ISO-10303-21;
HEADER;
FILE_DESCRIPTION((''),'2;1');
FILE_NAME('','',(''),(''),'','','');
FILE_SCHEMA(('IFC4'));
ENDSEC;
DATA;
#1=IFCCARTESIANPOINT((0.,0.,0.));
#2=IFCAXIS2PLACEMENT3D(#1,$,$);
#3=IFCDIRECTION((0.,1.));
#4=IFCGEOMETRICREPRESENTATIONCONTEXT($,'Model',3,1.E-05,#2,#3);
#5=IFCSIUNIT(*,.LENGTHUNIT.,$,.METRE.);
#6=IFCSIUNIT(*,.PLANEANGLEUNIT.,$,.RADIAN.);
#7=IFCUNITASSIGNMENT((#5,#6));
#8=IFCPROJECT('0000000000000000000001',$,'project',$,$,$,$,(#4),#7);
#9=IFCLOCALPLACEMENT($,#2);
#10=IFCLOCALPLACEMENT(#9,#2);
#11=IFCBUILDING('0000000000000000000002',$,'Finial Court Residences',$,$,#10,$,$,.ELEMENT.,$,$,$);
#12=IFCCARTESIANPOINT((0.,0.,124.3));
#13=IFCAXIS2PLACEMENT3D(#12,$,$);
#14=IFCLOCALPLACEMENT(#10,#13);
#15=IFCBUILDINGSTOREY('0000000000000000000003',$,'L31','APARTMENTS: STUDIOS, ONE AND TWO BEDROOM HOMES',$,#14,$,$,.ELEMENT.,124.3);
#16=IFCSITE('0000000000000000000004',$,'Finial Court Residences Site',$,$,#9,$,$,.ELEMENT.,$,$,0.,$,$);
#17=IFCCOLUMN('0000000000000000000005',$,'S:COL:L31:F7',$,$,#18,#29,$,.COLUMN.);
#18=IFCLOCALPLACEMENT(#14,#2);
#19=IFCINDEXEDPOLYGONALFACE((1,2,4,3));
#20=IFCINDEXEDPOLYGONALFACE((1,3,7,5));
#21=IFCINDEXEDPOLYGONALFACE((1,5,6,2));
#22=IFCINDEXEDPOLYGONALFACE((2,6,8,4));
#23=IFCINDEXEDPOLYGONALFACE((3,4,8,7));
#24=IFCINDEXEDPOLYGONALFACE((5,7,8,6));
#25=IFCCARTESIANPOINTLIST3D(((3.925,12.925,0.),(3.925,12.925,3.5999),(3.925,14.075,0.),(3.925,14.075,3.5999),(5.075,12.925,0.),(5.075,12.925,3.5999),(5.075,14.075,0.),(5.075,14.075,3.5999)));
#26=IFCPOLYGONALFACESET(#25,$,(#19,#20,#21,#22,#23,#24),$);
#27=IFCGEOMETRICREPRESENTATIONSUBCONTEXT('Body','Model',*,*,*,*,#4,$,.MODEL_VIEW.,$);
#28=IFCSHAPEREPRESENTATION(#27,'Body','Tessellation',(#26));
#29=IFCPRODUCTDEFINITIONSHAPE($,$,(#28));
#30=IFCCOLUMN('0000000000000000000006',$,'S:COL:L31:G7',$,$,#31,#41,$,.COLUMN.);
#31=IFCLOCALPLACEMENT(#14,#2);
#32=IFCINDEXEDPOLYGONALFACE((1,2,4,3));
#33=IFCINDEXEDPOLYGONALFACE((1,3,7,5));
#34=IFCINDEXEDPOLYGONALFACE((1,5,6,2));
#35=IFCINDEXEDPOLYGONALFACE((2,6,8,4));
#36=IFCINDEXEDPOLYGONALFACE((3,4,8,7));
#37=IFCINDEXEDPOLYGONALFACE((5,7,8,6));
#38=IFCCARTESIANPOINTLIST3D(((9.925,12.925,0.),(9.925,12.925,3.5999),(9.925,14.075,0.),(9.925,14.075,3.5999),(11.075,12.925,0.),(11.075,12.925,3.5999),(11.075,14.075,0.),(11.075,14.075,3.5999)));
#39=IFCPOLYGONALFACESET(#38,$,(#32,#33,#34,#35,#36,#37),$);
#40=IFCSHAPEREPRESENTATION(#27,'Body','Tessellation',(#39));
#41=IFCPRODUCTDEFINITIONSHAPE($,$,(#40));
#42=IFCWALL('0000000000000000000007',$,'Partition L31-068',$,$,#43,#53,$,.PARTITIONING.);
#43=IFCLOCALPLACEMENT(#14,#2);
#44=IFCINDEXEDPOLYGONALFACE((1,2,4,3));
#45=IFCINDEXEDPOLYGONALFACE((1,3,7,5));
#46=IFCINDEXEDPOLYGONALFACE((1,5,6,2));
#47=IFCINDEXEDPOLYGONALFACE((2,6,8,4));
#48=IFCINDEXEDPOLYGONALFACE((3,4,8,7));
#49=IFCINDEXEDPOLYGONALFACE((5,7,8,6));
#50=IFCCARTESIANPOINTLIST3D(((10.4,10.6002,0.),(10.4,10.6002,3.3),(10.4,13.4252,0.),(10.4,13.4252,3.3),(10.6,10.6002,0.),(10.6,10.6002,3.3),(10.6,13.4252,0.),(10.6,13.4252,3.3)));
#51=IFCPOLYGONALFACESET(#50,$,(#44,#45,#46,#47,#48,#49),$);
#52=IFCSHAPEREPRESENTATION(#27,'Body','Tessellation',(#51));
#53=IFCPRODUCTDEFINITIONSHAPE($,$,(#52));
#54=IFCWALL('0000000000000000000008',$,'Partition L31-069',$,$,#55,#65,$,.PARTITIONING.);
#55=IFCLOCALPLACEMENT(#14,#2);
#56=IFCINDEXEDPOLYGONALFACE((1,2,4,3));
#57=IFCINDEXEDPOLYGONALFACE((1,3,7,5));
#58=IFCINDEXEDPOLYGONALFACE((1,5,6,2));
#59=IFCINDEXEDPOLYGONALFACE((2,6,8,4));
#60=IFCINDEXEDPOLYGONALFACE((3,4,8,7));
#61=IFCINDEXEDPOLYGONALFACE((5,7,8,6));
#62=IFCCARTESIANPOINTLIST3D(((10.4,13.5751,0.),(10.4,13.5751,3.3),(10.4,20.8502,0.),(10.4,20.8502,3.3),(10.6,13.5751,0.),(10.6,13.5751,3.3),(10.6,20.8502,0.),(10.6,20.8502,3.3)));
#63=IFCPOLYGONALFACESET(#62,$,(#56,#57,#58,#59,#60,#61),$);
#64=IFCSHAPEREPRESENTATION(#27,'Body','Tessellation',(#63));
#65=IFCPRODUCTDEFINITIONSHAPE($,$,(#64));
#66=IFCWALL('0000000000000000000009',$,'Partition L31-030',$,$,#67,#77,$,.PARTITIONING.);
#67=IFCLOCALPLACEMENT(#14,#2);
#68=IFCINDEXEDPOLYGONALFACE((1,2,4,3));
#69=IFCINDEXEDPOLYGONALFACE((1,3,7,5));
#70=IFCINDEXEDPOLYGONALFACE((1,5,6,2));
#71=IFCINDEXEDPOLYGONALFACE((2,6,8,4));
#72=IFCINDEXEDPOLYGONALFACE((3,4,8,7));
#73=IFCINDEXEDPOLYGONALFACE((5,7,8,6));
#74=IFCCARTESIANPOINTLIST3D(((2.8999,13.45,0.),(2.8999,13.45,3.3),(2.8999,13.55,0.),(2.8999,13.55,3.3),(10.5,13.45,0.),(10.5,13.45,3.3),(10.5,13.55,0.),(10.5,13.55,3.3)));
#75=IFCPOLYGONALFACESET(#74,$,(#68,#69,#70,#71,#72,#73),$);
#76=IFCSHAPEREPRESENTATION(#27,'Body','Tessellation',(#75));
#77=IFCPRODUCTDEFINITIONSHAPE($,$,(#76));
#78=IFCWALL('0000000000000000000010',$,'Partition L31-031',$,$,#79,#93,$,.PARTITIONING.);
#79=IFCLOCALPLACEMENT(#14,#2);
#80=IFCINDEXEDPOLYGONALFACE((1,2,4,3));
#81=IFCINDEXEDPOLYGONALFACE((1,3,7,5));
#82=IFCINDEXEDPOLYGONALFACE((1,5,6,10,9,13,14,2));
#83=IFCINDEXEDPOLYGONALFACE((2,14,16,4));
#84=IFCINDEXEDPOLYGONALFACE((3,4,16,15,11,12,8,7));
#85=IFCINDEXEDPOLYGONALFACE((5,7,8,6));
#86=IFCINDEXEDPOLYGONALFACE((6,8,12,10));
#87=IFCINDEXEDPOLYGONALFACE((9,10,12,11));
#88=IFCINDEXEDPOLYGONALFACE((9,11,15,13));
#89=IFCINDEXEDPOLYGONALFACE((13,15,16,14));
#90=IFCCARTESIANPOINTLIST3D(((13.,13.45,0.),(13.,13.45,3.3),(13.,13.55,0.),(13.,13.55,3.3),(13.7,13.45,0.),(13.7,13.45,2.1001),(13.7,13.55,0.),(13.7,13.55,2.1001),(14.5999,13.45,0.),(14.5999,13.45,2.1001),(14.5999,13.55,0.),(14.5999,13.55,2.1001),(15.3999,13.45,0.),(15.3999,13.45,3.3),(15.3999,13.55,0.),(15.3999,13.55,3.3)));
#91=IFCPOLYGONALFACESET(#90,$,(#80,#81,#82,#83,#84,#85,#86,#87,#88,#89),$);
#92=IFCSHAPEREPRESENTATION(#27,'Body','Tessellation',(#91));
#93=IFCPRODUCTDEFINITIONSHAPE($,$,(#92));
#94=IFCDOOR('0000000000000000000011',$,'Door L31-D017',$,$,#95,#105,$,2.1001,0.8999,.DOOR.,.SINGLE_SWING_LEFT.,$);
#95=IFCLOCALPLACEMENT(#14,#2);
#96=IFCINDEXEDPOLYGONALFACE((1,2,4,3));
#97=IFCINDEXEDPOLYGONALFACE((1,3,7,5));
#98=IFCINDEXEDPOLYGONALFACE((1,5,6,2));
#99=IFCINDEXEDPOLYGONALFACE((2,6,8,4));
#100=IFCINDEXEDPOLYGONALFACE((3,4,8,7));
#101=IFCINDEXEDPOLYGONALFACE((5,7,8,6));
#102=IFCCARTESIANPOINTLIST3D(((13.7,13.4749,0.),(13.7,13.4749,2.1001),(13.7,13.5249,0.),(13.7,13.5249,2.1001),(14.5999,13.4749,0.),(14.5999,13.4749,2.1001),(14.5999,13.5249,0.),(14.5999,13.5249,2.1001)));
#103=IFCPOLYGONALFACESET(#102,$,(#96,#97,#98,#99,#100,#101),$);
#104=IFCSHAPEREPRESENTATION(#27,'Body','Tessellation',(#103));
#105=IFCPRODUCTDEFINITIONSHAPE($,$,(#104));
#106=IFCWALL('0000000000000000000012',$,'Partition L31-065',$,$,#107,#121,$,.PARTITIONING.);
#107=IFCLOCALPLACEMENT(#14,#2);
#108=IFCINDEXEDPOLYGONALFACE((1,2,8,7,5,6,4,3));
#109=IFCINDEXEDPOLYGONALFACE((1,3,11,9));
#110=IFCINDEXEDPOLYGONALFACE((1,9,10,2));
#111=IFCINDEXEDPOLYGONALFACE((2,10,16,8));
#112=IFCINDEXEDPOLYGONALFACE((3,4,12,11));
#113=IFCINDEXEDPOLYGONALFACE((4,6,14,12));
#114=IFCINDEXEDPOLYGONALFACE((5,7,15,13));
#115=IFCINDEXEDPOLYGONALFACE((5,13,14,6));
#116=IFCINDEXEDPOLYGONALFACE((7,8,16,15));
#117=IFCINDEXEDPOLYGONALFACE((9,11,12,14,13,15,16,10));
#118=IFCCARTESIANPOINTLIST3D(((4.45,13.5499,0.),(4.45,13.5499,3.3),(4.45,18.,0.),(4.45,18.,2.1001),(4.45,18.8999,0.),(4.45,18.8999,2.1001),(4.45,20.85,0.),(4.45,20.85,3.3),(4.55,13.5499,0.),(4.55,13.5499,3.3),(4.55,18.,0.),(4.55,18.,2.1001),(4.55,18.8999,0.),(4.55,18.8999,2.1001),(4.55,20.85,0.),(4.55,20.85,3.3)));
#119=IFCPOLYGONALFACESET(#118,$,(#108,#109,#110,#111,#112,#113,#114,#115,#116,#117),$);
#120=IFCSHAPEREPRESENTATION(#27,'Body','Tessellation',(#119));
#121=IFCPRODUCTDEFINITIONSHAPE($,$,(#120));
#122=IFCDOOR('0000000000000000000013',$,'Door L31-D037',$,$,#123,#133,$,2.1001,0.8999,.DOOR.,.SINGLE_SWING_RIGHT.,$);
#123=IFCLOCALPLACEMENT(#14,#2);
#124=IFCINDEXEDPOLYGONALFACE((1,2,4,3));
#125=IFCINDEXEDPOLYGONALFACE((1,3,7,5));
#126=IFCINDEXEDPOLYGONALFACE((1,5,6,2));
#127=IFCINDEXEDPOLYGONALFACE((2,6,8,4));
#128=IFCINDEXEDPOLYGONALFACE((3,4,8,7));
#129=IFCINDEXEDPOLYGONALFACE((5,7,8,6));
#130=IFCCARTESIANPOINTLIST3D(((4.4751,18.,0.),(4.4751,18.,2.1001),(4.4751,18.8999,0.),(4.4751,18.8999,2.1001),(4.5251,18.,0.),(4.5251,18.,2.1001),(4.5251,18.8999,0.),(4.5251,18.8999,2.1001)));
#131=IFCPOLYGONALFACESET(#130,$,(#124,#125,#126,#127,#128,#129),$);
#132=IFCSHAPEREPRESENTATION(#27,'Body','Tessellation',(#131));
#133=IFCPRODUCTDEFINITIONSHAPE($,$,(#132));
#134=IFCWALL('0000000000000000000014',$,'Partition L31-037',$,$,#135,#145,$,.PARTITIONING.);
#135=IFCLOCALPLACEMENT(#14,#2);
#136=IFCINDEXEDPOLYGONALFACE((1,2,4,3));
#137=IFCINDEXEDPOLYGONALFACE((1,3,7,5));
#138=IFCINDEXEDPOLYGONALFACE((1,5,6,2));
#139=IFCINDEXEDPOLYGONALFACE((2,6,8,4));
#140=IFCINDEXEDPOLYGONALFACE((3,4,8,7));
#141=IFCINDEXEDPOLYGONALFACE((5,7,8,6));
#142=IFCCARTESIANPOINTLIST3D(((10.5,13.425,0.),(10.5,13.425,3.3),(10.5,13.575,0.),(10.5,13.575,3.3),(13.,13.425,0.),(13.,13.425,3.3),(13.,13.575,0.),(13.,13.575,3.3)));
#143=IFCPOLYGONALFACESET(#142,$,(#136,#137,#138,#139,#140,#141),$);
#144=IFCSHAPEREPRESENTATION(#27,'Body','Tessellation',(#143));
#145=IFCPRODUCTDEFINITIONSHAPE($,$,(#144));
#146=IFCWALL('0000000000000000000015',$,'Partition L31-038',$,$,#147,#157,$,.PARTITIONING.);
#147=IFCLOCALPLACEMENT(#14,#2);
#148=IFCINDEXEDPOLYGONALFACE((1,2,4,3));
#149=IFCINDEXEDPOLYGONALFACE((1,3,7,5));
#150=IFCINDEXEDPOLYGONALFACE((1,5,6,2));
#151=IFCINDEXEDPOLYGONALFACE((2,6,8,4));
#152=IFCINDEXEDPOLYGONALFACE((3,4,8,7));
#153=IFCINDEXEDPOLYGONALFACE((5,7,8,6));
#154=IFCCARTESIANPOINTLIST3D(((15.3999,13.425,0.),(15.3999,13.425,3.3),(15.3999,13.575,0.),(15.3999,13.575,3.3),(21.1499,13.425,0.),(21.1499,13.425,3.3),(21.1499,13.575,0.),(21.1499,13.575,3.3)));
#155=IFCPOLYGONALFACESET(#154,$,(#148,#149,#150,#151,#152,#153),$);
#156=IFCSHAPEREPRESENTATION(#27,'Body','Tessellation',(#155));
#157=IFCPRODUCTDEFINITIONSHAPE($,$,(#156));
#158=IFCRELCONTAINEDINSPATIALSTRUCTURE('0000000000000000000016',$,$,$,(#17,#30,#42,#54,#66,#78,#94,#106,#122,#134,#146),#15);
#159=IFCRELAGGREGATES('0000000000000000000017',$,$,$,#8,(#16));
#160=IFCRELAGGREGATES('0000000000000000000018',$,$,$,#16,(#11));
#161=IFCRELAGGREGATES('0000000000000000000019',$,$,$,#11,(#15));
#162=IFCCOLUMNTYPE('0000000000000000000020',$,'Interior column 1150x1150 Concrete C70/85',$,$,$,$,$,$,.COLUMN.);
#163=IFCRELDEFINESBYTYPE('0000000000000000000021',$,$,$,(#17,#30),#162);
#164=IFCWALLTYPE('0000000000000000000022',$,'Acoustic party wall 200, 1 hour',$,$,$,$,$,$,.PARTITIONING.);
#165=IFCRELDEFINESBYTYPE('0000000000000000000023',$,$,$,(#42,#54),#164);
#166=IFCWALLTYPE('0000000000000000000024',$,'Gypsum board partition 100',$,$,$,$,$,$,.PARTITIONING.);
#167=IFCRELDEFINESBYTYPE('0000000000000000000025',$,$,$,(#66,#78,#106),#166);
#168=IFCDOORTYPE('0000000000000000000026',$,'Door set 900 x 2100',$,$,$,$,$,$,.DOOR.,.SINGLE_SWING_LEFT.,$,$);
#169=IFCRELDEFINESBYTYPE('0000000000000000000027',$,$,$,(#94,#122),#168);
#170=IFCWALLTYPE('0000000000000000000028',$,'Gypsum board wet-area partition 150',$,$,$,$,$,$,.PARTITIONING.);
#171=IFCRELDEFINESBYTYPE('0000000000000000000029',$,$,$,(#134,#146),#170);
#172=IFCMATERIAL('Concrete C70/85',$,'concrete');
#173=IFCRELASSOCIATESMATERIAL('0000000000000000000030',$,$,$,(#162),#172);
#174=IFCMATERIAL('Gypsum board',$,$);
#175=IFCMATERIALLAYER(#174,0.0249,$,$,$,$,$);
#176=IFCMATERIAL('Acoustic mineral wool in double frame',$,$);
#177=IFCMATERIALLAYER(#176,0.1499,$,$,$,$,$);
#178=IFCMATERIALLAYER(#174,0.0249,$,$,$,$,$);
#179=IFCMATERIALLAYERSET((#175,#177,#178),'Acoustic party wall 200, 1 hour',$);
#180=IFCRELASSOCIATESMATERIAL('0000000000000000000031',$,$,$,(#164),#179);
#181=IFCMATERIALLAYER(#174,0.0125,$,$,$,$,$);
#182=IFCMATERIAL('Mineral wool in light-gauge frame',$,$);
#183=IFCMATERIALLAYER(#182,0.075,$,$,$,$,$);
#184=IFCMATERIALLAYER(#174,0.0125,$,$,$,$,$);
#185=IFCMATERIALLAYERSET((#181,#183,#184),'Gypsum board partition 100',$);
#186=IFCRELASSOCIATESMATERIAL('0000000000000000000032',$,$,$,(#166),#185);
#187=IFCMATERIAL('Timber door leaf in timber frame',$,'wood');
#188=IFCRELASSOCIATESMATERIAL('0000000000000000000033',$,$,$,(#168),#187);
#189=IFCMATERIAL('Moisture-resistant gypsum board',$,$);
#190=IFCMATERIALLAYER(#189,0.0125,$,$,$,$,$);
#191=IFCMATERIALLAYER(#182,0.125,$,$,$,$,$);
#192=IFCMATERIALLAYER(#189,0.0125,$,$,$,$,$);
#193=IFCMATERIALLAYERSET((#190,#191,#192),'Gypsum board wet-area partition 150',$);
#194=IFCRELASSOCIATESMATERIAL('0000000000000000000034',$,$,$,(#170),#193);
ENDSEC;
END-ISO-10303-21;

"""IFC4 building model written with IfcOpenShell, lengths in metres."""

from ifc_helpers import new_model, si_unit, direction, frame, frame_2d, origin, origin_2d, place, context, subcontext, project, spatial, rectangle, extrude, material, layer, layer_set, material_profile, profile_set, type_object, element, fill, save


model = new_model("IFC4")

# Units and contexts
model_context = context("Model", 3, precision=1e-05, world=origin(), true_north=direction((0.0, 1.0)))
body_context = subcontext(model_context, "Body", "Model", "MODEL_VIEW")
ifc_project = project(units=[si_unit("LENGTHUNIT", "METRE"), si_unit("PLANEANGLEUNIT", "RADIAN")], contexts=[model_context])

# Site, building, storey
site_placement = place(None, origin())
site = spatial("IfcSite", under=ifc_project, at=site_placement, Name="Finial Court Residences Site", CompositionType="ELEMENT", RefElevation=0.0)
building_placement = place(site_placement, origin())
building = spatial("IfcBuilding", under=site, at=building_placement, Name="Finial Court Residences", CompositionType="ELEMENT")
storey_placement = place(building_placement, frame((0.0, 0.0, 124.3)))
storey = spatial("IfcBuildingStorey", under=building, at=storey_placement, Name="L31", Description="APARTMENTS: STUDIOS, ONE AND TWO BEDROOM HOMES", CompositionType="ELEMENT", Elevation=124.3)

# Columns
ifc_material_1 = material(Name="Concrete C70/85", Category="concrete")
ifc_material_profile = material_profile(ifc_material_1, rectangle(XDim=1.1499, YDim=1.1499, at=origin_2d()), Name="1150x1150")
ifc_profile_set = profile_set([ifc_material_profile], Name="Concrete C70/85")
column_type = type_object("IfcColumnType", Name="Interior column 1150x1150 Concrete C70/85", PredefinedType="COLUMN", material=ifc_profile_set)
for number, where, z_axis, x_axis, name in (
    (1, (4.5, 13.5, 0.0), (0.0, 0.0, 1.0), (1.0, 0.0, 0.0), "S:COL:L31:F7"),
    (2, (10.5, 13.5, 0.0), (0.0, 0.0, 1.0), (1.0, 0.0, 0.0), "S:COL:L31:G7"),
):
    element("IfcColumn", number, at=place(storey_placement, frame(where, z_axis=z_axis, x_axis=x_axis)), inside=storey, type_object=column_type, Name=name, PredefinedType="COLUMN", context=body_context, shape_type="SweptSolid", body=[
        extrude(rectangle(XDim=1.1499, YDim=1.1499, at=origin_2d()), origin(), (0.0, 0.0, 1.0), 3.5999),
    ])

# Walls
ifc_material_2 = material(Name="Gypsum board")
ifc_layer_1 = layer(ifc_material_2, 0.0249)
ifc_material_3 = material(Name="Acoustic mineral wool in double frame")
ifc_layer_2 = layer(ifc_material_3, 0.1499)
ifc_layer_3 = layer(ifc_material_2, 0.0249)
ifc_layer_set_1 = layer_set([ifc_layer_1, ifc_layer_2, ifc_layer_3], Name="Acoustic party wall 200, 1 hour")
wall_type_1 = type_object("IfcWallType", Name="Acoustic party wall 200, 1 hour", PredefinedType="PARTITIONING", material=ifc_layer_set_1)
wall_1_placement = place(storey_placement, frame((10.5, 10.6001, 0.0), z_axis=(0.0, 0.0, 1.0), x_axis=(0.0, 1.0, 0.0)))
element("IfcWall", 3, at=wall_1_placement, inside=storey, type_object=wall_type_1, Name="Partition L31-068", PredefinedType="PARTITIONING", context=body_context, shape_type="SweptSolid", body=[
    extrude(rectangle(XDim=2.825, YDim=0.2, at=frame_2d((1.4126, 0.0))), origin(), (0.0, 0.0, 1.0), 3.3),
])
wall_2_placement = place(storey_placement, frame((10.5, 13.575, 0.0), z_axis=(0.0, 0.0, 1.0), x_axis=(0.0, 1.0, 0.0)))
element("IfcWall", 4, at=wall_2_placement, inside=storey, type_object=wall_type_1, Name="Partition L31-069", PredefinedType="PARTITIONING", context=body_context, shape_type="SweptSolid", body=[
    extrude(rectangle(XDim=7.2751, YDim=0.2, at=frame_2d((3.6377, 0.0))), origin(), (0.0, 0.0, 1.0), 3.3),
])
ifc_layer_4 = layer(ifc_material_2, 0.0125)
ifc_material_4 = material(Name="Mineral wool in light-gauge frame")
ifc_layer_5 = layer(ifc_material_4, 0.075)
ifc_layer_6 = layer(ifc_material_2, 0.0125)
ifc_layer_set_2 = layer_set([ifc_layer_4, ifc_layer_5, ifc_layer_6], Name="Gypsum board partition 100")
wall_type_2 = type_object("IfcWallType", Name="Gypsum board partition 100", PredefinedType="PARTITIONING", material=ifc_layer_set_2)
wall_3_placement = place(storey_placement, frame((2.8999, 13.5, 0.0), z_axis=(0.0, 0.0, 1.0), x_axis=(1.0, 0.0, 0.0)))
element("IfcWall", 5, at=wall_3_placement, inside=storey, type_object=wall_type_2, Name="Partition L31-030", PredefinedType="PARTITIONING", context=body_context, shape_type="SweptSolid", body=[
    extrude(rectangle(XDim=7.6001, YDim=0.1001, at=frame_2d((3.8, 0.0))), origin(), (0.0, 0.0, 1.0), 3.3),
])

# Walls, openings, doors
wall_4_placement = place(storey_placement, frame((13.0, 13.5, 0.0), z_axis=(0.0, 0.0, 1.0), x_axis=(1.0, 0.0, 0.0)))
wall_4 = element("IfcWall", 6, at=wall_4_placement, inside=storey, type_object=wall_type_2, Name="Partition L31-031", PredefinedType="PARTITIONING", context=body_context, shape_type="SweptSolid", body=[
    extrude(rectangle(XDim=2.3999, YDim=0.1001, at=frame_2d((1.2, 0.0))), origin(), (0.0, 0.0, 1.0), 3.3),
])
opening_1_placement = place(wall_4_placement, frame((0.7, 0.0, 0.0)))
opening_1 = element("IfcOpeningElement", 7, at=opening_1_placement, cuts=wall_4, PredefinedType="OPENING", context=body_context, shape_type="SweptSolid", body=[
    extrude(rectangle(XDim=0.8999, YDim=2.1001, at=frame_2d((0.45, 1.05))), frame((0.0, 0.0601, 0.0), z_axis=(0.0, -1.0, 0.0), x_axis=(1.0, 0.0, 0.0)), (0.0, 0.0, 1.0), 0.1201),
])
ifc_material_5 = material(Name="Timber door leaf in timber frame", Category="wood")
door_type = type_object("IfcDoorType", Name="Door set 900 x 2100", OperationType="SINGLE_SWING_LEFT", PredefinedType="DOOR", material=ifc_material_5)
door_1_placement = place(opening_1_placement, origin())
door_1 = element("IfcDoor", 8, at=door_1_placement, inside=storey, type_object=door_type, Name="Door L31-D017", OperationType="SINGLE_SWING_LEFT", OverallHeight=2.1001, OverallWidth=0.8999, PredefinedType="DOOR", context=body_context, shape_type="SweptSolid", body=[
    extrude(rectangle(XDim=0.8999, YDim=2.1001, at=frame_2d((0.45, 1.05))), frame((0.0, 0.0249, 0.0), z_axis=(0.0, -1.0, 0.0), x_axis=(1.0, 0.0, 0.0)), (0.0, 0.0, 1.0), 0.05),
])
fill(opening_1, door_1)
wall_5_placement = place(storey_placement, frame((4.5, 13.55, 0.0), z_axis=(0.0, 0.0, 1.0), x_axis=(0.0, 1.0, 0.0)))
wall_5 = element("IfcWall", 9, at=wall_5_placement, inside=storey, type_object=wall_type_2, Name="Partition L31-065", PredefinedType="PARTITIONING", context=body_context, shape_type="SweptSolid", body=[
    extrude(rectangle(XDim=7.3, YDim=0.1001, at=frame_2d((3.6499, 0.0))), origin(), (0.0, 0.0, 1.0), 3.3),
])
opening_2_placement = place(wall_5_placement, frame((4.45, 0.0, 0.0)))
opening_2 = element("IfcOpeningElement", 10, at=opening_2_placement, cuts=wall_5, PredefinedType="OPENING", context=body_context, shape_type="SweptSolid", body=[
    extrude(rectangle(XDim=0.8999, YDim=2.1001, at=frame_2d((0.45, 1.05))), frame((0.0, 0.0601, 0.0), z_axis=(0.0, -1.0, 0.0), x_axis=(1.0, 0.0, 0.0)), (0.0, 0.0, 1.0), 0.1201),
])
door_2_placement = place(opening_2_placement, origin())
door_2 = element("IfcDoor", 11, at=door_2_placement, inside=storey, type_object=door_type, Name="Door L31-D037", OperationType="SINGLE_SWING_RIGHT", OverallHeight=2.1001, OverallWidth=0.8999, PredefinedType="DOOR", context=body_context, shape_type="SweptSolid", body=[
    extrude(rectangle(XDim=0.8999, YDim=2.1001, at=frame_2d((0.45, 1.05))), frame((0.0, 0.0249, 0.0), z_axis=(0.0, -1.0, 0.0), x_axis=(1.0, 0.0, 0.0)), (0.0, 0.0, 1.0), 0.05),
])
fill(opening_2, door_2)

# Walls
ifc_material_6 = material(Name="Moisture-resistant gypsum board")
ifc_layer_7 = layer(ifc_material_6, 0.0125)
ifc_layer_8 = layer(ifc_material_4, 0.125)
ifc_layer_9 = layer(ifc_material_6, 0.0125)
ifc_layer_set_3 = layer_set([ifc_layer_7, ifc_layer_8, ifc_layer_9], Name="Gypsum board wet-area partition 150")
wall_type_3 = type_object("IfcWallType", Name="Gypsum board wet-area partition 150", PredefinedType="PARTITIONING", material=ifc_layer_set_3)
wall_6_placement = place(storey_placement, frame((10.5, 13.5, 0.0), z_axis=(0.0, 0.0, 1.0), x_axis=(1.0, 0.0, 0.0)))
element("IfcWall", 12, at=wall_6_placement, inside=storey, type_object=wall_type_3, Name="Partition L31-037", PredefinedType="PARTITIONING", context=body_context, shape_type="SweptSolid", body=[
    extrude(rectangle(XDim=2.5, YDim=0.1499, at=frame_2d((1.25, 0.0))), origin(), (0.0, 0.0, 1.0), 3.3),
])
wall_7_placement = place(storey_placement, frame((15.3999, 13.5, 0.0), z_axis=(0.0, 0.0, 1.0), x_axis=(1.0, 0.0, 0.0)))
element("IfcWall", 13, at=wall_7_placement, inside=storey, type_object=wall_type_3, Name="Partition L31-038", PredefinedType="PARTITIONING", context=body_context, shape_type="SweptSolid", body=[
    extrude(rectangle(XDim=5.75, YDim=0.1499, at=frame_2d((2.875, 0.0))), origin(), (0.0, 0.0, 1.0), 3.3),
])

save(model, "model.ifc")
